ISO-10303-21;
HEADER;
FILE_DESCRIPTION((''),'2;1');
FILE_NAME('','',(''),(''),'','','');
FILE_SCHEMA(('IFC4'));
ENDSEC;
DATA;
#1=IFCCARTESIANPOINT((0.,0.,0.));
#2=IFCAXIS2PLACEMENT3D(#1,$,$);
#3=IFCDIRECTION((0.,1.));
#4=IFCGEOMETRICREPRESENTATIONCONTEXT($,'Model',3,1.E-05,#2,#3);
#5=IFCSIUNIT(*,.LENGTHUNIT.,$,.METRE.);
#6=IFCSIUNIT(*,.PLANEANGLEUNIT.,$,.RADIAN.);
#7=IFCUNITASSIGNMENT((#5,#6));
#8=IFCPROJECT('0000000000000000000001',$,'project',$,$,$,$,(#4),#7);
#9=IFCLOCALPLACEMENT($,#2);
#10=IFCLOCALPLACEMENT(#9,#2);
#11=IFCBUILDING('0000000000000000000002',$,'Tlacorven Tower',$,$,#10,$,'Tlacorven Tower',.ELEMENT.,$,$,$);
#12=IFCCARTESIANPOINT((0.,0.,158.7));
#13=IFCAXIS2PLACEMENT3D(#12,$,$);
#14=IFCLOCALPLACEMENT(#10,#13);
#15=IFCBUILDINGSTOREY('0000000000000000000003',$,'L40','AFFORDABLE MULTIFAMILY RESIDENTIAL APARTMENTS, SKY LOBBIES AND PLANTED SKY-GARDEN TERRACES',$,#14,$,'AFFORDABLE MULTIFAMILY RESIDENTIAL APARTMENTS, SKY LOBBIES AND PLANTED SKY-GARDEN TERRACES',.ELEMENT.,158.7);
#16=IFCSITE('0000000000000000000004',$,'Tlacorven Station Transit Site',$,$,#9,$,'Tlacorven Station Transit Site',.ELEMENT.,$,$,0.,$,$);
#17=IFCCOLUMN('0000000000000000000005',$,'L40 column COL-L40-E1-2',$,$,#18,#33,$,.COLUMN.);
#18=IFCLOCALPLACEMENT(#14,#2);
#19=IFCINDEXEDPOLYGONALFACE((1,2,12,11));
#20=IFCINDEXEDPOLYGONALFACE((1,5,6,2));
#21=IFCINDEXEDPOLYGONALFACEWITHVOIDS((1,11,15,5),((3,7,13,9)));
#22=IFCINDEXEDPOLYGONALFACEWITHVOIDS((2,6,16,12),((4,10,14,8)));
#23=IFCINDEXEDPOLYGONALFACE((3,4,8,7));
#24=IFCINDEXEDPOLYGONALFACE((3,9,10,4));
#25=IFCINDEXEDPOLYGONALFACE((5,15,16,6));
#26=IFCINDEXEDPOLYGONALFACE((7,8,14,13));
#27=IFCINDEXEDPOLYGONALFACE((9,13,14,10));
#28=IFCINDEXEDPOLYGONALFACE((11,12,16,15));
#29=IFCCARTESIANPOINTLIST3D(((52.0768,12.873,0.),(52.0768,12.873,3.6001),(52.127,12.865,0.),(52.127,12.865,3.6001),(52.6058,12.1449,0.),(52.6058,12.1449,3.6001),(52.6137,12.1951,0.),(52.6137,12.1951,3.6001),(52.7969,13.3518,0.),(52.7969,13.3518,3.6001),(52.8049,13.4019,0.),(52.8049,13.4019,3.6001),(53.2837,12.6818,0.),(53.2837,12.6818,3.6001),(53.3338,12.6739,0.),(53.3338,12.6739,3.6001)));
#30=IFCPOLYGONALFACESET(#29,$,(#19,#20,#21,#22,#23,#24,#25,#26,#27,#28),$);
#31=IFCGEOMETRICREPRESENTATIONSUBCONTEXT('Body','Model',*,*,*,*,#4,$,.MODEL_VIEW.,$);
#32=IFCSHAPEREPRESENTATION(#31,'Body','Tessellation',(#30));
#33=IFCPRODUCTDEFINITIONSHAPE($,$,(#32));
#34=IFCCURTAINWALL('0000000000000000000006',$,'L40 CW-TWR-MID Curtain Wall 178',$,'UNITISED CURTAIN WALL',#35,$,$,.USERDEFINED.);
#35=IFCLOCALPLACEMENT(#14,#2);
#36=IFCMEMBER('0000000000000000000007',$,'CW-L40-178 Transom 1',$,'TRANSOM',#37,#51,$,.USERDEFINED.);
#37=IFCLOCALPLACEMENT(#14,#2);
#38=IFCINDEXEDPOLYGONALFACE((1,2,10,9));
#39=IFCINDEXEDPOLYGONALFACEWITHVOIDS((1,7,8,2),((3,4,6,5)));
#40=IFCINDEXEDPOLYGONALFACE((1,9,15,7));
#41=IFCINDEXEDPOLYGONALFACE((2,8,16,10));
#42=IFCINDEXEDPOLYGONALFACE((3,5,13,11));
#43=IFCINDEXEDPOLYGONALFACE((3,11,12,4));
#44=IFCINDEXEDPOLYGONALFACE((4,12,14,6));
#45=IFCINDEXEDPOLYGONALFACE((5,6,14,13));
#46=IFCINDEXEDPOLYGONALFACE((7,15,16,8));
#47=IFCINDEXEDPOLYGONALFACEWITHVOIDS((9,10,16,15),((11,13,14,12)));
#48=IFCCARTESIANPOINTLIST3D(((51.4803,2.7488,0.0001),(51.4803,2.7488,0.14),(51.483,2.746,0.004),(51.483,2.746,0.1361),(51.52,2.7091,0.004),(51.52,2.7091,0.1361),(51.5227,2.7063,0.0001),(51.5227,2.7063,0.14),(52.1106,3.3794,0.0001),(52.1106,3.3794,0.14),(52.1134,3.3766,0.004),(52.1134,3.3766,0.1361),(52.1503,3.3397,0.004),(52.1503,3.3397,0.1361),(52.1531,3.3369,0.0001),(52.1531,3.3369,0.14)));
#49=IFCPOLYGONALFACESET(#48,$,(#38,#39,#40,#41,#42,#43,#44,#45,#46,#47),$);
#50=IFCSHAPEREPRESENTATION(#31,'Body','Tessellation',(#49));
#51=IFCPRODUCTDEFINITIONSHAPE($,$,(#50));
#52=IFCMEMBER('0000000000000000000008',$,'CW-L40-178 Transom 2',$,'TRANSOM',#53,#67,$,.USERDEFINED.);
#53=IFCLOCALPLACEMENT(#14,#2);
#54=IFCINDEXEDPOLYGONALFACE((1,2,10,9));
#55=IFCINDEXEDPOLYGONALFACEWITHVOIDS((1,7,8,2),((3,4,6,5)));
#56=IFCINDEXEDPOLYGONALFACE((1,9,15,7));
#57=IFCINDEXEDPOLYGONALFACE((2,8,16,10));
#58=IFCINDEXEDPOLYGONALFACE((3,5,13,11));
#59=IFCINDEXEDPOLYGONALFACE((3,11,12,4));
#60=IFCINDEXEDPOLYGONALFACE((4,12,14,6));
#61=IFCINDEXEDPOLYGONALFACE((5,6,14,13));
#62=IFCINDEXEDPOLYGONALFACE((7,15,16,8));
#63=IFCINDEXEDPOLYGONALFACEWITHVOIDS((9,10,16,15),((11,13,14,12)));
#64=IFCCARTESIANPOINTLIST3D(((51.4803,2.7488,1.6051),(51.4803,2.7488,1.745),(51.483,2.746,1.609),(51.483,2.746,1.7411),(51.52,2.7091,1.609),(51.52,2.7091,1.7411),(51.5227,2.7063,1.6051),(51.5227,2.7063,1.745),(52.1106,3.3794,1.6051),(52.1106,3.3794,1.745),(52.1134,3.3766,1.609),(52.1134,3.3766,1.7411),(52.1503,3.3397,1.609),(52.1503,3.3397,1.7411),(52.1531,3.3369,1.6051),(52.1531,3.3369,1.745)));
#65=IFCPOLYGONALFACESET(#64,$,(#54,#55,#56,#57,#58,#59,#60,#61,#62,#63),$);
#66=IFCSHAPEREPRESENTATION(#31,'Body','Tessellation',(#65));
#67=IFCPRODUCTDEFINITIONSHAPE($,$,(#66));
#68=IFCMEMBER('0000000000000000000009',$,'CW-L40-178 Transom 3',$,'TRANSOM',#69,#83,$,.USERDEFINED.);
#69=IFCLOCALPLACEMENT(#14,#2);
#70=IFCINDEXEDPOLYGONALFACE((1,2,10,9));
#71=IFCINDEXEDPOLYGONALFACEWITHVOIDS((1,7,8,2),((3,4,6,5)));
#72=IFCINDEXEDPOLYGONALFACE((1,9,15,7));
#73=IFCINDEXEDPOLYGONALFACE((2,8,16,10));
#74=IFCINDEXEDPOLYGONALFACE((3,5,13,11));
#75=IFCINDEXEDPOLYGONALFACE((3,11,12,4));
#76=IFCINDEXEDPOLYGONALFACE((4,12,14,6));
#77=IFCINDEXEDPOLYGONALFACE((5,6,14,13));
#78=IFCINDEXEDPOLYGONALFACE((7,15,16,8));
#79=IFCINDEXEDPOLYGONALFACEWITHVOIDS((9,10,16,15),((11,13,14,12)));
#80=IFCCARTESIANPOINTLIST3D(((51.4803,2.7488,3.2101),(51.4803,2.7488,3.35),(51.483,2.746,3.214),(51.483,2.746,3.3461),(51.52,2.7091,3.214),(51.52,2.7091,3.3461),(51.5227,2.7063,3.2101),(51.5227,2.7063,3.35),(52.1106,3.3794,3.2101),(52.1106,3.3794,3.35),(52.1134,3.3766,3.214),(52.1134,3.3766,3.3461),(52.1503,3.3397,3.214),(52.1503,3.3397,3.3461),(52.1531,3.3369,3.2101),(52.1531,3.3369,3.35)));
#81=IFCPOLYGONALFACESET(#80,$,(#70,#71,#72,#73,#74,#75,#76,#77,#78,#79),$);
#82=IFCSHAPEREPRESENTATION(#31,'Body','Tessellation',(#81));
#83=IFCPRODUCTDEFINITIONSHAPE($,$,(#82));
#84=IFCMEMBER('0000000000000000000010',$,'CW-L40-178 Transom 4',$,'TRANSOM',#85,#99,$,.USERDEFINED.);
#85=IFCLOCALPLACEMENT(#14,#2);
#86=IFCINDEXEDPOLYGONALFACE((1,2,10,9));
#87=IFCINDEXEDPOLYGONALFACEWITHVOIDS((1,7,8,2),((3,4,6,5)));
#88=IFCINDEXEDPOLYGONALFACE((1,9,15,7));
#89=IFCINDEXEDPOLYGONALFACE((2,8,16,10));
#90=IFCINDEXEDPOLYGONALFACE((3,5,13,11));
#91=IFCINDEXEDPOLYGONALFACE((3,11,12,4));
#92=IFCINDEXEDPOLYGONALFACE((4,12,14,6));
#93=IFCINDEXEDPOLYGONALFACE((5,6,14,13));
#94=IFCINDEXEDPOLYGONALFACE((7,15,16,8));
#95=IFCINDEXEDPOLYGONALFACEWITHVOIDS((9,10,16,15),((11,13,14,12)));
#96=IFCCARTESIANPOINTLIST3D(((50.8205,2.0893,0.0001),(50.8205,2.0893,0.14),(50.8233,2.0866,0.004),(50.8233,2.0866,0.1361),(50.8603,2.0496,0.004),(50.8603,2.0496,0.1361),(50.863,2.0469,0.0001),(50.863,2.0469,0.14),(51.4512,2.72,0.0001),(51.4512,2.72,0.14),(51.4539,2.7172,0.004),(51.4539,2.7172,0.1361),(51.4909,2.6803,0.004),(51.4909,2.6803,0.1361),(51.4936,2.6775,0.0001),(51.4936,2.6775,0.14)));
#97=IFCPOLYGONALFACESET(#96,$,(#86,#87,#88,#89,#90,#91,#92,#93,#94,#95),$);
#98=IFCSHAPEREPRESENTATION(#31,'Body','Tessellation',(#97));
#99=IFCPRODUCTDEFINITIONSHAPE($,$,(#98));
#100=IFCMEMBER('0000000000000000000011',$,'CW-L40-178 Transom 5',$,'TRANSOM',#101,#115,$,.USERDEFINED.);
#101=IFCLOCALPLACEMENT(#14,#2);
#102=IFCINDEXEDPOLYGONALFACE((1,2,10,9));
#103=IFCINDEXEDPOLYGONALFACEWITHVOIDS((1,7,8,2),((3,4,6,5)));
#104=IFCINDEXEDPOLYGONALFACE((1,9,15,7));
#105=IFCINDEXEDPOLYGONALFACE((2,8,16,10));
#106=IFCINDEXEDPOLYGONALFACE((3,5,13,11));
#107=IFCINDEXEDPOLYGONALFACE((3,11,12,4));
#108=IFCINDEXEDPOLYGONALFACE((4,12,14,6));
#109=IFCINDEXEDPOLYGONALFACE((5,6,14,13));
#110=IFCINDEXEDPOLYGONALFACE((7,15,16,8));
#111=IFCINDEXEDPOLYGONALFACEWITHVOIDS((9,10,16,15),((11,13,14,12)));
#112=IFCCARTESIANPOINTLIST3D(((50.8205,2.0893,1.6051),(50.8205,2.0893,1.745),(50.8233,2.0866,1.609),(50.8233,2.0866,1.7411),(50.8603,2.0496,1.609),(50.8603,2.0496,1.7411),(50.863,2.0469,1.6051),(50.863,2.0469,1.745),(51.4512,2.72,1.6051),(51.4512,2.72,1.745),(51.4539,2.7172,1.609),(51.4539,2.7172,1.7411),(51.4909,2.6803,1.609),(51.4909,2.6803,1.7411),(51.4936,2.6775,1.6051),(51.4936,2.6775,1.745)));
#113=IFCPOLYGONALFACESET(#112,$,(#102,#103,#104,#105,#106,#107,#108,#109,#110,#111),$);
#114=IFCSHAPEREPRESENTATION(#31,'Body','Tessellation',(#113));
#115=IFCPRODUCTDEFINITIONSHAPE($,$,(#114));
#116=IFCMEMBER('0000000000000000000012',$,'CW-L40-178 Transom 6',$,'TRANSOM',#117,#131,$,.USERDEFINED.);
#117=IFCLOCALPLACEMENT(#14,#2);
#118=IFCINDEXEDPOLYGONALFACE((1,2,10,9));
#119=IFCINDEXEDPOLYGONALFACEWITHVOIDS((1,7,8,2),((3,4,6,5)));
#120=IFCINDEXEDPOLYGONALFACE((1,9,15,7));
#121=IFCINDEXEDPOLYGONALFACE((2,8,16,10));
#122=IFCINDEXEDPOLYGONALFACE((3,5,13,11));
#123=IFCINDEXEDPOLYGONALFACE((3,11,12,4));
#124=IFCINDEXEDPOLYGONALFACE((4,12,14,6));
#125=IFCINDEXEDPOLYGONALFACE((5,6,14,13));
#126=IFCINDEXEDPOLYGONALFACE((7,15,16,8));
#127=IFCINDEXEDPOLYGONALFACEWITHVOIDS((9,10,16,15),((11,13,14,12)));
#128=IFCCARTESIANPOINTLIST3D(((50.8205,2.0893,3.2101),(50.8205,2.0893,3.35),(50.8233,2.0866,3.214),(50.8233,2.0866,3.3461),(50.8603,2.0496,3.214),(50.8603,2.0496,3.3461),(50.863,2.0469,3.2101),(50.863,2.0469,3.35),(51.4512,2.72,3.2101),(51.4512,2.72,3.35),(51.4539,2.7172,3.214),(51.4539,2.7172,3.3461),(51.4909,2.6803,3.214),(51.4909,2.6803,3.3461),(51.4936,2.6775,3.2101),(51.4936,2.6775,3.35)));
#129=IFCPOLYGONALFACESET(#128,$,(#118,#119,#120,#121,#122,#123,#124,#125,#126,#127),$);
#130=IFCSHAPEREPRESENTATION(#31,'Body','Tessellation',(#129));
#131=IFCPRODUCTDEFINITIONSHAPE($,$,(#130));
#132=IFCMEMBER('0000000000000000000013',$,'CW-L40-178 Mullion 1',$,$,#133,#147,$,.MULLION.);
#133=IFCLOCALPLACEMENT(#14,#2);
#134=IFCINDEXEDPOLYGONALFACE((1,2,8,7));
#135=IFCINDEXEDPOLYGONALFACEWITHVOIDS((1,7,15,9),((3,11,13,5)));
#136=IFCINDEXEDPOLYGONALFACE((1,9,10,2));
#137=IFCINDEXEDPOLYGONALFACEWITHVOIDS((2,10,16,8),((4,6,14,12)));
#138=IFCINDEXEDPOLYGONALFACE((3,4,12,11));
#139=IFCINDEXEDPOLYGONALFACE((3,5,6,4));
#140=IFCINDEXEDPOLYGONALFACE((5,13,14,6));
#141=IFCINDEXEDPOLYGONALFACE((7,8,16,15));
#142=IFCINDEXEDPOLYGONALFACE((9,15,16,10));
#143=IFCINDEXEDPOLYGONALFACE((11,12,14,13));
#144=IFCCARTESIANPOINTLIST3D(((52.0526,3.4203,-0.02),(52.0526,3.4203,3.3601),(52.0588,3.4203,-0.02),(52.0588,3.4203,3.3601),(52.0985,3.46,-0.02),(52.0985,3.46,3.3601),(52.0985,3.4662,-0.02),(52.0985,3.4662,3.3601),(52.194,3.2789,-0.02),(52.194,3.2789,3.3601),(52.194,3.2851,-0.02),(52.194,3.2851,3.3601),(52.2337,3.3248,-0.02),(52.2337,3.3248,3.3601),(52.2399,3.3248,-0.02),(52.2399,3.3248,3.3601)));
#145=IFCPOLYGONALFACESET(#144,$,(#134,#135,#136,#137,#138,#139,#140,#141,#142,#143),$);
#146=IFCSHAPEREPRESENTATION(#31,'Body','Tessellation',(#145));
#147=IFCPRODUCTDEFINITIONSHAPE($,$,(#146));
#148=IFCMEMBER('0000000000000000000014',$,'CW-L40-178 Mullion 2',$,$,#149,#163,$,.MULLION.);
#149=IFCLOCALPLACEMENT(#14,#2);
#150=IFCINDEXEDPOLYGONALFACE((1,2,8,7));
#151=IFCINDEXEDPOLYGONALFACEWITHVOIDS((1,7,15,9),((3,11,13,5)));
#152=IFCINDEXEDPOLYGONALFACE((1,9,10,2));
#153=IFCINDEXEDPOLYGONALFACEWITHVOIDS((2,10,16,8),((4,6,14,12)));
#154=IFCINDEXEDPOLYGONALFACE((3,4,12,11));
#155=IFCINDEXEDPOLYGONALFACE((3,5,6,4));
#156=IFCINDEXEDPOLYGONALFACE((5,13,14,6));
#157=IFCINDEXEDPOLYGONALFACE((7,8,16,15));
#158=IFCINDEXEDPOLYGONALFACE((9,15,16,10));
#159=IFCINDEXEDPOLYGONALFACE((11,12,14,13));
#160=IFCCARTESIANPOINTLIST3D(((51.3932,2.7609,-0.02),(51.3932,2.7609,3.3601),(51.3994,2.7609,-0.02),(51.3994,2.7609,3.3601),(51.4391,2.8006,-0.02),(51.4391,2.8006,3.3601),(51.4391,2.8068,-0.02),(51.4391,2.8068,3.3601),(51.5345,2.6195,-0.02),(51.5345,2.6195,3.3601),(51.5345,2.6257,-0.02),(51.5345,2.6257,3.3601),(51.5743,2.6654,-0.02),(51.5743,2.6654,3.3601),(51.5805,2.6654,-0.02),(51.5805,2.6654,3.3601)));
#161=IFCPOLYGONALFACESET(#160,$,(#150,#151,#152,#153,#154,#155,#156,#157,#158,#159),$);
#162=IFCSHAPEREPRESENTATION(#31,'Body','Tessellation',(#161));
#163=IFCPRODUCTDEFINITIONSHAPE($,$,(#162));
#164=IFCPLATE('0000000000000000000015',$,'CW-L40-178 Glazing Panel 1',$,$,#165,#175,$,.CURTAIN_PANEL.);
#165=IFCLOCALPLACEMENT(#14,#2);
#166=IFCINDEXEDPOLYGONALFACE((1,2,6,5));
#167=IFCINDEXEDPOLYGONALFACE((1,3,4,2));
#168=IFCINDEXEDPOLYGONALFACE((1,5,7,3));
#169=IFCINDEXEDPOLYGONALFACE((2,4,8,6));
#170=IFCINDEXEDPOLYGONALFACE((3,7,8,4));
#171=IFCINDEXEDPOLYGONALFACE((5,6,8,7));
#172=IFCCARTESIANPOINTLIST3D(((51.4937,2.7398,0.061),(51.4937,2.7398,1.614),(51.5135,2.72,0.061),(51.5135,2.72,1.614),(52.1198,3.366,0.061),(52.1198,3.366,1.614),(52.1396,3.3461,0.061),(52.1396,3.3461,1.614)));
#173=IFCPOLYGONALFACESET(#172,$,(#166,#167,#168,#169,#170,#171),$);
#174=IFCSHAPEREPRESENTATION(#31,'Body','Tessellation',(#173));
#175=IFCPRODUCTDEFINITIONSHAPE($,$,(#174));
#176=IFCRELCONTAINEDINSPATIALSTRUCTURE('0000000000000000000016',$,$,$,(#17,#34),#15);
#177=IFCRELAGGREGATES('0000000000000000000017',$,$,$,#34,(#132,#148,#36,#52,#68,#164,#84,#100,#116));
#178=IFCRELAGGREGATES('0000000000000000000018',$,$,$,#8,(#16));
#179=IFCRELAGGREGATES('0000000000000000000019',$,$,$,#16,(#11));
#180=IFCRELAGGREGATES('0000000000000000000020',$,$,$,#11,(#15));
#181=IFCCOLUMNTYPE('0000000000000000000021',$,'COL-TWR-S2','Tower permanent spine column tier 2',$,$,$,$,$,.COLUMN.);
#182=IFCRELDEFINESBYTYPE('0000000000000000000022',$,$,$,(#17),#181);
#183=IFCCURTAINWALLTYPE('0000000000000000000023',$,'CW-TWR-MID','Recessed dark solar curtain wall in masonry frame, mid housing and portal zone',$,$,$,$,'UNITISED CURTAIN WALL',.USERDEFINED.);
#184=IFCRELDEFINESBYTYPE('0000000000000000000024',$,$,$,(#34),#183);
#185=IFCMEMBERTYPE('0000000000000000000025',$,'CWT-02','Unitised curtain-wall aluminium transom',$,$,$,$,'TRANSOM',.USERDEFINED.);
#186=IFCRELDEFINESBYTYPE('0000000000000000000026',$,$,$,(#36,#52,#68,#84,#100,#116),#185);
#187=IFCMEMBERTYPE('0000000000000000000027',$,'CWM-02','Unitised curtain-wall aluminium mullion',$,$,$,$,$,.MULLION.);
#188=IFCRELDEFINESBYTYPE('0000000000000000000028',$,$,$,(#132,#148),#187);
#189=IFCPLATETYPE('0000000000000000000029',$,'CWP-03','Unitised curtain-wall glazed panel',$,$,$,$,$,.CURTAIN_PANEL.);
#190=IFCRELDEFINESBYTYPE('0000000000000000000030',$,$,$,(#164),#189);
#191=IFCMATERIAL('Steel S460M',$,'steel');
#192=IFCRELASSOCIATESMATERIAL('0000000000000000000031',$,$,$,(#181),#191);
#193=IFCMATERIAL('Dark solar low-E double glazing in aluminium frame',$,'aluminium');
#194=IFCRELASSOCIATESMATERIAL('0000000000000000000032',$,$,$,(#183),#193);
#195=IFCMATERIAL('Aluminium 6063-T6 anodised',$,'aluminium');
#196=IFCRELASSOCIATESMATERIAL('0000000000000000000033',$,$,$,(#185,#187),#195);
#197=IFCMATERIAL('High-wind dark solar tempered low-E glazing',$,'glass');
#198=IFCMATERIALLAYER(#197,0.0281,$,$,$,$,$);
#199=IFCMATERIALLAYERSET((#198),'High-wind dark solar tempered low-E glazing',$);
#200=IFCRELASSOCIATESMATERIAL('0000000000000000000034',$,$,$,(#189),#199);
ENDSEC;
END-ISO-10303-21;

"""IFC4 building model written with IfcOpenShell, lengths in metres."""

from ifc_helpers import new_model, si_unit, direction, frame, origin, origin_2d, place, context, subcontext, project, spatial, rectangle, hollow_rectangle, extrude, source, transform, mapped, material, layer, layer_set, material_profile, profile_set, type_object, element, aggregate, save


model = new_model("IFC4")

# Units and contexts
model_context = context("Model", 3, precision=1e-05, world=origin(), true_north=direction((0.0, 1.0)))
body_context = subcontext(model_context, "Body", "Model", "MODEL_VIEW")
ifc_project = project(units=[si_unit("LENGTHUNIT", "METRE"), si_unit("PLANEANGLEUNIT", "RADIAN")], contexts=[model_context])

# Site, building, storey
site_placement = place(None, origin())
site = spatial("IfcSite", under=ifc_project, at=site_placement, Name="Tlacorven Station Transit Site", LongName="Tlacorven Station Transit Site", CompositionType="ELEMENT", RefElevation=0.0)
building_placement = place(site_placement, origin())
building = spatial("IfcBuilding", under=site, at=building_placement, Name="Tlacorven Tower", LongName="Tlacorven Tower", CompositionType="ELEMENT")
storey_placement = place(building_placement, frame((0.0, 0.0, 158.7)))
storey = spatial("IfcBuildingStorey", under=building, at=storey_placement, Name="L40", Description="AFFORDABLE MULTIFAMILY RESIDENTIAL APARTMENTS, SKY LOBBIES AND PLANTED SKY-GARDEN TERRACES", LongName="AFFORDABLE MULTIFAMILY RESIDENTIAL APARTMENTS, SKY LOBBIES AND PLANTED SKY-GARDEN TERRACES", CompositionType="ELEMENT", Elevation=158.7)

# Column
ifc_material_1 = material(Name="Steel S460M", Category="steel")
ifc_material_profile_1 = material_profile(ifc_material_1, hollow_rectangle(XDim=0.8999, YDim=0.8999, WallThickness=0.0359, at=origin_2d()), Name="BOX 900X900X36")
ifc_profile_set_1 = profile_set([ifc_material_profile_1], Name="Steel S460M")
column_type = type_object("IfcColumnType", Name="COL-TWR-S2", Description="Tower permanent spine column tier 2", PredefinedType="COLUMN", material=ifc_profile_set_1)
shared_shape_1 = source(origin(), body_context, "Body", "SweptSolid", [
    extrude(hollow_rectangle(XDim=0.8999, YDim=0.8999, WallThickness=0.0359, at=origin_2d()), origin(), (0.0, 0.0, 1.0), 3.6001),
])
column_placement = place(storey_placement, frame((52.7053, 12.7734, 0.0), z_axis=(0.0, 0.0, 1.0), x_axis=(0.809017, 0.587785, 0.0)))
element("IfcColumn", 1, at=column_placement, inside=storey, type_object=column_type, Name="L40 column COL-L40-E1-2", PredefinedType="COLUMN", context=body_context, shape_type="MappedRepresentation", body=[
    mapped(shared_shape_1, transform((0.0, 0.0, 0.0), scale=1.0)),
])

# Curtain wall, members, plate
ifc_material_2 = material(Name="Dark solar low-E double glazing in aluminium frame", Category="aluminium")
curtain_wall_type = type_object("IfcCurtainWallType", Name="CW-TWR-MID", Description="Recessed dark solar curtain wall in masonry frame, mid housing and portal zone", ElementType="UNITISED CURTAIN WALL", PredefinedType="USERDEFINED", material=ifc_material_2)
curtain_wall_placement = place(storey_placement, origin())
curtain_wall = element("IfcCurtainWall", 2, at=curtain_wall_placement, inside=storey, type_object=curtain_wall_type, Name="L40 CW-TWR-MID Curtain Wall 178", ObjectType="UNITISED CURTAIN WALL", PredefinedType="USERDEFINED")
ifc_material_3 = material(Name="Aluminium 6063-T6 anodised", Category="aluminium")
ifc_material_profile_2 = material_profile(ifc_material_3, hollow_rectangle(XDim=0.0601, YDim=0.1399, WallThickness=0.0039, at=origin_2d()), Name="ALU TRANSOM 60X140")
ifc_profile_set_2 = profile_set([ifc_material_profile_2], Name="Aluminium 6063-T6 anodised")
member_type_1 = type_object("IfcMemberType", Name="CWT-02", Description="Unitised curtain-wall aluminium transom", ElementType="TRANSOM", PredefinedType="USERDEFINED", material=ifc_profile_set_2)
shared_shape_2 = source(origin(), body_context, "Body", "SweptSolid", [
    extrude(hollow_rectangle(XDim=0.0601, YDim=0.1399, WallThickness=0.0039, at=origin_2d()), origin(), (0.0, 0.0, 1.0), 0.8916),
])
member_1_placement = place(storey_placement, frame((52.1318, 3.3582, 0.0701), z_axis=(-0.70697, -0.707244, 0.0), x_axis=(0.707244, -0.70697, 0.0)))
member_1 = element("IfcMember", 3, at=member_1_placement, type_object=member_type_1, Name="CW-L40-178 Transom 1", ObjectType="TRANSOM", PredefinedType="USERDEFINED", context=body_context, shape_type="MappedRepresentation", body=[
    mapped(shared_shape_2, transform((0.0, 0.0, 0.0), scale=1.0)),
])
member_2_placement = place(storey_placement, frame((52.1318, 3.3582, 1.675), z_axis=(-0.70697, -0.707244, 0.0), x_axis=(0.707244, -0.70697, 0.0)))
member_2 = element("IfcMember", 4, at=member_2_placement, type_object=member_type_1, Name="CW-L40-178 Transom 2", ObjectType="TRANSOM", PredefinedType="USERDEFINED", context=body_context, shape_type="MappedRepresentation", body=[
    mapped(shared_shape_2, transform((0.0, 0.0, 0.0), scale=1.0)),
])
member_3_placement = place(storey_placement, frame((52.1318, 3.3582, 3.28), z_axis=(-0.70697, -0.707244, 0.0), x_axis=(0.707244, -0.70697, 0.0)))
member_3 = element("IfcMember", 5, at=member_3_placement, type_object=member_type_1, Name="CW-L40-178 Transom 3", ObjectType="TRANSOM", PredefinedType="USERDEFINED", context=body_context, shape_type="MappedRepresentation", body=[
    mapped(shared_shape_2, transform((0.0, 0.0, 0.0), scale=1.0)),
])
shared_shape_3 = source(origin(), body_context, "Body", "SweptSolid", [
    extrude(hollow_rectangle(XDim=0.0601, YDim=0.1399, WallThickness=0.0039, at=origin_2d()), origin(), (0.0, 0.0, 1.0), 0.8918),
])
member_4_placement = place(storey_placement, frame((51.4724, 2.6987, 0.0701), z_axis=(-0.707107, -0.707107, 0.0), x_axis=(0.707107, -0.707107, 0.0)))
member_4 = element("IfcMember", 6, at=member_4_placement, type_object=member_type_1, Name="CW-L40-178 Transom 4", ObjectType="TRANSOM", PredefinedType="USERDEFINED", context=body_context, shape_type="MappedRepresentation", body=[
    mapped(shared_shape_3, transform((0.0, 0.0, 0.0), scale=1.0)),
])
member_5_placement = place(storey_placement, frame((51.4724, 2.6987, 1.675), z_axis=(-0.707107, -0.707107, 0.0), x_axis=(0.707107, -0.707107, 0.0)))
member_5 = element("IfcMember", 7, at=member_5_placement, type_object=member_type_1, Name="CW-L40-178 Transom 5", ObjectType="TRANSOM", PredefinedType="USERDEFINED", context=body_context, shape_type="MappedRepresentation", body=[
    mapped(shared_shape_3, transform((0.0, 0.0, 0.0), scale=1.0)),
])
member_6_placement = place(storey_placement, frame((51.4724, 2.6987, 3.28), z_axis=(-0.707107, -0.707107, 0.0), x_axis=(0.707107, -0.707107, 0.0)))
member_6 = element("IfcMember", 8, at=member_6_placement, type_object=member_type_1, Name="CW-L40-178 Transom 6", ObjectType="TRANSOM", PredefinedType="USERDEFINED", context=body_context, shape_type="MappedRepresentation", body=[
    mapped(shared_shape_3, transform((0.0, 0.0, 0.0), scale=1.0)),
])
ifc_material_profile_3 = material_profile(ifc_material_3, hollow_rectangle(XDim=0.0649, YDim=0.2, WallThickness=0.0044, at=origin_2d()), Name="ALU MULLION 65X200")
ifc_profile_set_3 = profile_set([ifc_material_profile_3], Name="Aluminium 6063-T6 anodised")
member_type_2 = type_object("IfcMemberType", Name="CWM-02", Description="Unitised curtain-wall aluminium mullion", PredefinedType="MULLION", material=ifc_profile_set_3)
shared_shape_4 = source(origin(), body_context, "Body", "SweptSolid", [
    extrude(hollow_rectangle(XDim=0.0649, YDim=0.2, WallThickness=0.0044, at=origin_2d()), origin(), (0.0, 0.0, 1.0), 3.3801),
])
member_7_placement = place(storey_placement, frame((52.1462, 3.3726, -0.02), z_axis=(0.0, 0.0, 1.0), x_axis=(-0.707107, -0.707107, 0.0)))
member_7 = element("IfcMember", 9, at=member_7_placement, type_object=member_type_2, Name="CW-L40-178 Mullion 1", PredefinedType="MULLION", context=body_context, shape_type="MappedRepresentation", body=[
    mapped(shared_shape_4, transform((0.0, 0.0, 0.0), scale=1.0)),
])
member_8_placement = place(storey_placement, frame((51.4868, 2.7131, -0.02), z_axis=(0.0, 0.0, 1.0), x_axis=(-0.707107, -0.707107, 0.0)))
member_8 = element("IfcMember", 10, at=member_8_placement, type_object=member_type_2, Name="CW-L40-178 Mullion 2", PredefinedType="MULLION", context=body_context, shape_type="MappedRepresentation", body=[
    mapped(shared_shape_4, transform((0.0, 0.0, 0.0), scale=1.0)),
])
ifc_material_4 = material(Name="High-wind dark solar tempered low-E glazing", Category="glass")
ifc_layer_1 = layer(ifc_material_4, 0.0281)
ifc_layer_set_1 = layer_set([ifc_layer_1], Name="High-wind dark solar tempered low-E glazing")
plate_type = type_object("IfcPlateType", Name="CWP-03", Description="Unitised curtain-wall glazed panel", PredefinedType="CURTAIN_PANEL", material=ifc_layer_set_1)
shared_shape_5 = source(origin(), body_context, "Body", "SweptSolid", [
    extrude(rectangle(XDim=0.8855, YDim=0.0281, at=origin_2d()), origin(), (0.0, 0.0, 1.0), 1.553),
])
plate_1_placement = place(storey_placement, frame((51.8167, 3.043, 0.061), z_axis=(0.0, 0.0, 1.0), x_axis=(-0.707107, -0.707107, 0.0)))
plate_1 = element("IfcPlate", 11, at=plate_1_placement, type_object=plate_type, Name="CW-L40-178 Glazing Panel 1", PredefinedType="CURTAIN_PANEL", context=body_context, shape_type="MappedRepresentation", body=[
    mapped(shared_shape_5, transform((0.0, 0.0, 0.0), scale=1.0)),
])
aggregate(curtain_wall, [member_7, member_8, member_1, member_2, member_3, plate_1, member_4, member_5, member_6])

save(model, "model.ifc")
